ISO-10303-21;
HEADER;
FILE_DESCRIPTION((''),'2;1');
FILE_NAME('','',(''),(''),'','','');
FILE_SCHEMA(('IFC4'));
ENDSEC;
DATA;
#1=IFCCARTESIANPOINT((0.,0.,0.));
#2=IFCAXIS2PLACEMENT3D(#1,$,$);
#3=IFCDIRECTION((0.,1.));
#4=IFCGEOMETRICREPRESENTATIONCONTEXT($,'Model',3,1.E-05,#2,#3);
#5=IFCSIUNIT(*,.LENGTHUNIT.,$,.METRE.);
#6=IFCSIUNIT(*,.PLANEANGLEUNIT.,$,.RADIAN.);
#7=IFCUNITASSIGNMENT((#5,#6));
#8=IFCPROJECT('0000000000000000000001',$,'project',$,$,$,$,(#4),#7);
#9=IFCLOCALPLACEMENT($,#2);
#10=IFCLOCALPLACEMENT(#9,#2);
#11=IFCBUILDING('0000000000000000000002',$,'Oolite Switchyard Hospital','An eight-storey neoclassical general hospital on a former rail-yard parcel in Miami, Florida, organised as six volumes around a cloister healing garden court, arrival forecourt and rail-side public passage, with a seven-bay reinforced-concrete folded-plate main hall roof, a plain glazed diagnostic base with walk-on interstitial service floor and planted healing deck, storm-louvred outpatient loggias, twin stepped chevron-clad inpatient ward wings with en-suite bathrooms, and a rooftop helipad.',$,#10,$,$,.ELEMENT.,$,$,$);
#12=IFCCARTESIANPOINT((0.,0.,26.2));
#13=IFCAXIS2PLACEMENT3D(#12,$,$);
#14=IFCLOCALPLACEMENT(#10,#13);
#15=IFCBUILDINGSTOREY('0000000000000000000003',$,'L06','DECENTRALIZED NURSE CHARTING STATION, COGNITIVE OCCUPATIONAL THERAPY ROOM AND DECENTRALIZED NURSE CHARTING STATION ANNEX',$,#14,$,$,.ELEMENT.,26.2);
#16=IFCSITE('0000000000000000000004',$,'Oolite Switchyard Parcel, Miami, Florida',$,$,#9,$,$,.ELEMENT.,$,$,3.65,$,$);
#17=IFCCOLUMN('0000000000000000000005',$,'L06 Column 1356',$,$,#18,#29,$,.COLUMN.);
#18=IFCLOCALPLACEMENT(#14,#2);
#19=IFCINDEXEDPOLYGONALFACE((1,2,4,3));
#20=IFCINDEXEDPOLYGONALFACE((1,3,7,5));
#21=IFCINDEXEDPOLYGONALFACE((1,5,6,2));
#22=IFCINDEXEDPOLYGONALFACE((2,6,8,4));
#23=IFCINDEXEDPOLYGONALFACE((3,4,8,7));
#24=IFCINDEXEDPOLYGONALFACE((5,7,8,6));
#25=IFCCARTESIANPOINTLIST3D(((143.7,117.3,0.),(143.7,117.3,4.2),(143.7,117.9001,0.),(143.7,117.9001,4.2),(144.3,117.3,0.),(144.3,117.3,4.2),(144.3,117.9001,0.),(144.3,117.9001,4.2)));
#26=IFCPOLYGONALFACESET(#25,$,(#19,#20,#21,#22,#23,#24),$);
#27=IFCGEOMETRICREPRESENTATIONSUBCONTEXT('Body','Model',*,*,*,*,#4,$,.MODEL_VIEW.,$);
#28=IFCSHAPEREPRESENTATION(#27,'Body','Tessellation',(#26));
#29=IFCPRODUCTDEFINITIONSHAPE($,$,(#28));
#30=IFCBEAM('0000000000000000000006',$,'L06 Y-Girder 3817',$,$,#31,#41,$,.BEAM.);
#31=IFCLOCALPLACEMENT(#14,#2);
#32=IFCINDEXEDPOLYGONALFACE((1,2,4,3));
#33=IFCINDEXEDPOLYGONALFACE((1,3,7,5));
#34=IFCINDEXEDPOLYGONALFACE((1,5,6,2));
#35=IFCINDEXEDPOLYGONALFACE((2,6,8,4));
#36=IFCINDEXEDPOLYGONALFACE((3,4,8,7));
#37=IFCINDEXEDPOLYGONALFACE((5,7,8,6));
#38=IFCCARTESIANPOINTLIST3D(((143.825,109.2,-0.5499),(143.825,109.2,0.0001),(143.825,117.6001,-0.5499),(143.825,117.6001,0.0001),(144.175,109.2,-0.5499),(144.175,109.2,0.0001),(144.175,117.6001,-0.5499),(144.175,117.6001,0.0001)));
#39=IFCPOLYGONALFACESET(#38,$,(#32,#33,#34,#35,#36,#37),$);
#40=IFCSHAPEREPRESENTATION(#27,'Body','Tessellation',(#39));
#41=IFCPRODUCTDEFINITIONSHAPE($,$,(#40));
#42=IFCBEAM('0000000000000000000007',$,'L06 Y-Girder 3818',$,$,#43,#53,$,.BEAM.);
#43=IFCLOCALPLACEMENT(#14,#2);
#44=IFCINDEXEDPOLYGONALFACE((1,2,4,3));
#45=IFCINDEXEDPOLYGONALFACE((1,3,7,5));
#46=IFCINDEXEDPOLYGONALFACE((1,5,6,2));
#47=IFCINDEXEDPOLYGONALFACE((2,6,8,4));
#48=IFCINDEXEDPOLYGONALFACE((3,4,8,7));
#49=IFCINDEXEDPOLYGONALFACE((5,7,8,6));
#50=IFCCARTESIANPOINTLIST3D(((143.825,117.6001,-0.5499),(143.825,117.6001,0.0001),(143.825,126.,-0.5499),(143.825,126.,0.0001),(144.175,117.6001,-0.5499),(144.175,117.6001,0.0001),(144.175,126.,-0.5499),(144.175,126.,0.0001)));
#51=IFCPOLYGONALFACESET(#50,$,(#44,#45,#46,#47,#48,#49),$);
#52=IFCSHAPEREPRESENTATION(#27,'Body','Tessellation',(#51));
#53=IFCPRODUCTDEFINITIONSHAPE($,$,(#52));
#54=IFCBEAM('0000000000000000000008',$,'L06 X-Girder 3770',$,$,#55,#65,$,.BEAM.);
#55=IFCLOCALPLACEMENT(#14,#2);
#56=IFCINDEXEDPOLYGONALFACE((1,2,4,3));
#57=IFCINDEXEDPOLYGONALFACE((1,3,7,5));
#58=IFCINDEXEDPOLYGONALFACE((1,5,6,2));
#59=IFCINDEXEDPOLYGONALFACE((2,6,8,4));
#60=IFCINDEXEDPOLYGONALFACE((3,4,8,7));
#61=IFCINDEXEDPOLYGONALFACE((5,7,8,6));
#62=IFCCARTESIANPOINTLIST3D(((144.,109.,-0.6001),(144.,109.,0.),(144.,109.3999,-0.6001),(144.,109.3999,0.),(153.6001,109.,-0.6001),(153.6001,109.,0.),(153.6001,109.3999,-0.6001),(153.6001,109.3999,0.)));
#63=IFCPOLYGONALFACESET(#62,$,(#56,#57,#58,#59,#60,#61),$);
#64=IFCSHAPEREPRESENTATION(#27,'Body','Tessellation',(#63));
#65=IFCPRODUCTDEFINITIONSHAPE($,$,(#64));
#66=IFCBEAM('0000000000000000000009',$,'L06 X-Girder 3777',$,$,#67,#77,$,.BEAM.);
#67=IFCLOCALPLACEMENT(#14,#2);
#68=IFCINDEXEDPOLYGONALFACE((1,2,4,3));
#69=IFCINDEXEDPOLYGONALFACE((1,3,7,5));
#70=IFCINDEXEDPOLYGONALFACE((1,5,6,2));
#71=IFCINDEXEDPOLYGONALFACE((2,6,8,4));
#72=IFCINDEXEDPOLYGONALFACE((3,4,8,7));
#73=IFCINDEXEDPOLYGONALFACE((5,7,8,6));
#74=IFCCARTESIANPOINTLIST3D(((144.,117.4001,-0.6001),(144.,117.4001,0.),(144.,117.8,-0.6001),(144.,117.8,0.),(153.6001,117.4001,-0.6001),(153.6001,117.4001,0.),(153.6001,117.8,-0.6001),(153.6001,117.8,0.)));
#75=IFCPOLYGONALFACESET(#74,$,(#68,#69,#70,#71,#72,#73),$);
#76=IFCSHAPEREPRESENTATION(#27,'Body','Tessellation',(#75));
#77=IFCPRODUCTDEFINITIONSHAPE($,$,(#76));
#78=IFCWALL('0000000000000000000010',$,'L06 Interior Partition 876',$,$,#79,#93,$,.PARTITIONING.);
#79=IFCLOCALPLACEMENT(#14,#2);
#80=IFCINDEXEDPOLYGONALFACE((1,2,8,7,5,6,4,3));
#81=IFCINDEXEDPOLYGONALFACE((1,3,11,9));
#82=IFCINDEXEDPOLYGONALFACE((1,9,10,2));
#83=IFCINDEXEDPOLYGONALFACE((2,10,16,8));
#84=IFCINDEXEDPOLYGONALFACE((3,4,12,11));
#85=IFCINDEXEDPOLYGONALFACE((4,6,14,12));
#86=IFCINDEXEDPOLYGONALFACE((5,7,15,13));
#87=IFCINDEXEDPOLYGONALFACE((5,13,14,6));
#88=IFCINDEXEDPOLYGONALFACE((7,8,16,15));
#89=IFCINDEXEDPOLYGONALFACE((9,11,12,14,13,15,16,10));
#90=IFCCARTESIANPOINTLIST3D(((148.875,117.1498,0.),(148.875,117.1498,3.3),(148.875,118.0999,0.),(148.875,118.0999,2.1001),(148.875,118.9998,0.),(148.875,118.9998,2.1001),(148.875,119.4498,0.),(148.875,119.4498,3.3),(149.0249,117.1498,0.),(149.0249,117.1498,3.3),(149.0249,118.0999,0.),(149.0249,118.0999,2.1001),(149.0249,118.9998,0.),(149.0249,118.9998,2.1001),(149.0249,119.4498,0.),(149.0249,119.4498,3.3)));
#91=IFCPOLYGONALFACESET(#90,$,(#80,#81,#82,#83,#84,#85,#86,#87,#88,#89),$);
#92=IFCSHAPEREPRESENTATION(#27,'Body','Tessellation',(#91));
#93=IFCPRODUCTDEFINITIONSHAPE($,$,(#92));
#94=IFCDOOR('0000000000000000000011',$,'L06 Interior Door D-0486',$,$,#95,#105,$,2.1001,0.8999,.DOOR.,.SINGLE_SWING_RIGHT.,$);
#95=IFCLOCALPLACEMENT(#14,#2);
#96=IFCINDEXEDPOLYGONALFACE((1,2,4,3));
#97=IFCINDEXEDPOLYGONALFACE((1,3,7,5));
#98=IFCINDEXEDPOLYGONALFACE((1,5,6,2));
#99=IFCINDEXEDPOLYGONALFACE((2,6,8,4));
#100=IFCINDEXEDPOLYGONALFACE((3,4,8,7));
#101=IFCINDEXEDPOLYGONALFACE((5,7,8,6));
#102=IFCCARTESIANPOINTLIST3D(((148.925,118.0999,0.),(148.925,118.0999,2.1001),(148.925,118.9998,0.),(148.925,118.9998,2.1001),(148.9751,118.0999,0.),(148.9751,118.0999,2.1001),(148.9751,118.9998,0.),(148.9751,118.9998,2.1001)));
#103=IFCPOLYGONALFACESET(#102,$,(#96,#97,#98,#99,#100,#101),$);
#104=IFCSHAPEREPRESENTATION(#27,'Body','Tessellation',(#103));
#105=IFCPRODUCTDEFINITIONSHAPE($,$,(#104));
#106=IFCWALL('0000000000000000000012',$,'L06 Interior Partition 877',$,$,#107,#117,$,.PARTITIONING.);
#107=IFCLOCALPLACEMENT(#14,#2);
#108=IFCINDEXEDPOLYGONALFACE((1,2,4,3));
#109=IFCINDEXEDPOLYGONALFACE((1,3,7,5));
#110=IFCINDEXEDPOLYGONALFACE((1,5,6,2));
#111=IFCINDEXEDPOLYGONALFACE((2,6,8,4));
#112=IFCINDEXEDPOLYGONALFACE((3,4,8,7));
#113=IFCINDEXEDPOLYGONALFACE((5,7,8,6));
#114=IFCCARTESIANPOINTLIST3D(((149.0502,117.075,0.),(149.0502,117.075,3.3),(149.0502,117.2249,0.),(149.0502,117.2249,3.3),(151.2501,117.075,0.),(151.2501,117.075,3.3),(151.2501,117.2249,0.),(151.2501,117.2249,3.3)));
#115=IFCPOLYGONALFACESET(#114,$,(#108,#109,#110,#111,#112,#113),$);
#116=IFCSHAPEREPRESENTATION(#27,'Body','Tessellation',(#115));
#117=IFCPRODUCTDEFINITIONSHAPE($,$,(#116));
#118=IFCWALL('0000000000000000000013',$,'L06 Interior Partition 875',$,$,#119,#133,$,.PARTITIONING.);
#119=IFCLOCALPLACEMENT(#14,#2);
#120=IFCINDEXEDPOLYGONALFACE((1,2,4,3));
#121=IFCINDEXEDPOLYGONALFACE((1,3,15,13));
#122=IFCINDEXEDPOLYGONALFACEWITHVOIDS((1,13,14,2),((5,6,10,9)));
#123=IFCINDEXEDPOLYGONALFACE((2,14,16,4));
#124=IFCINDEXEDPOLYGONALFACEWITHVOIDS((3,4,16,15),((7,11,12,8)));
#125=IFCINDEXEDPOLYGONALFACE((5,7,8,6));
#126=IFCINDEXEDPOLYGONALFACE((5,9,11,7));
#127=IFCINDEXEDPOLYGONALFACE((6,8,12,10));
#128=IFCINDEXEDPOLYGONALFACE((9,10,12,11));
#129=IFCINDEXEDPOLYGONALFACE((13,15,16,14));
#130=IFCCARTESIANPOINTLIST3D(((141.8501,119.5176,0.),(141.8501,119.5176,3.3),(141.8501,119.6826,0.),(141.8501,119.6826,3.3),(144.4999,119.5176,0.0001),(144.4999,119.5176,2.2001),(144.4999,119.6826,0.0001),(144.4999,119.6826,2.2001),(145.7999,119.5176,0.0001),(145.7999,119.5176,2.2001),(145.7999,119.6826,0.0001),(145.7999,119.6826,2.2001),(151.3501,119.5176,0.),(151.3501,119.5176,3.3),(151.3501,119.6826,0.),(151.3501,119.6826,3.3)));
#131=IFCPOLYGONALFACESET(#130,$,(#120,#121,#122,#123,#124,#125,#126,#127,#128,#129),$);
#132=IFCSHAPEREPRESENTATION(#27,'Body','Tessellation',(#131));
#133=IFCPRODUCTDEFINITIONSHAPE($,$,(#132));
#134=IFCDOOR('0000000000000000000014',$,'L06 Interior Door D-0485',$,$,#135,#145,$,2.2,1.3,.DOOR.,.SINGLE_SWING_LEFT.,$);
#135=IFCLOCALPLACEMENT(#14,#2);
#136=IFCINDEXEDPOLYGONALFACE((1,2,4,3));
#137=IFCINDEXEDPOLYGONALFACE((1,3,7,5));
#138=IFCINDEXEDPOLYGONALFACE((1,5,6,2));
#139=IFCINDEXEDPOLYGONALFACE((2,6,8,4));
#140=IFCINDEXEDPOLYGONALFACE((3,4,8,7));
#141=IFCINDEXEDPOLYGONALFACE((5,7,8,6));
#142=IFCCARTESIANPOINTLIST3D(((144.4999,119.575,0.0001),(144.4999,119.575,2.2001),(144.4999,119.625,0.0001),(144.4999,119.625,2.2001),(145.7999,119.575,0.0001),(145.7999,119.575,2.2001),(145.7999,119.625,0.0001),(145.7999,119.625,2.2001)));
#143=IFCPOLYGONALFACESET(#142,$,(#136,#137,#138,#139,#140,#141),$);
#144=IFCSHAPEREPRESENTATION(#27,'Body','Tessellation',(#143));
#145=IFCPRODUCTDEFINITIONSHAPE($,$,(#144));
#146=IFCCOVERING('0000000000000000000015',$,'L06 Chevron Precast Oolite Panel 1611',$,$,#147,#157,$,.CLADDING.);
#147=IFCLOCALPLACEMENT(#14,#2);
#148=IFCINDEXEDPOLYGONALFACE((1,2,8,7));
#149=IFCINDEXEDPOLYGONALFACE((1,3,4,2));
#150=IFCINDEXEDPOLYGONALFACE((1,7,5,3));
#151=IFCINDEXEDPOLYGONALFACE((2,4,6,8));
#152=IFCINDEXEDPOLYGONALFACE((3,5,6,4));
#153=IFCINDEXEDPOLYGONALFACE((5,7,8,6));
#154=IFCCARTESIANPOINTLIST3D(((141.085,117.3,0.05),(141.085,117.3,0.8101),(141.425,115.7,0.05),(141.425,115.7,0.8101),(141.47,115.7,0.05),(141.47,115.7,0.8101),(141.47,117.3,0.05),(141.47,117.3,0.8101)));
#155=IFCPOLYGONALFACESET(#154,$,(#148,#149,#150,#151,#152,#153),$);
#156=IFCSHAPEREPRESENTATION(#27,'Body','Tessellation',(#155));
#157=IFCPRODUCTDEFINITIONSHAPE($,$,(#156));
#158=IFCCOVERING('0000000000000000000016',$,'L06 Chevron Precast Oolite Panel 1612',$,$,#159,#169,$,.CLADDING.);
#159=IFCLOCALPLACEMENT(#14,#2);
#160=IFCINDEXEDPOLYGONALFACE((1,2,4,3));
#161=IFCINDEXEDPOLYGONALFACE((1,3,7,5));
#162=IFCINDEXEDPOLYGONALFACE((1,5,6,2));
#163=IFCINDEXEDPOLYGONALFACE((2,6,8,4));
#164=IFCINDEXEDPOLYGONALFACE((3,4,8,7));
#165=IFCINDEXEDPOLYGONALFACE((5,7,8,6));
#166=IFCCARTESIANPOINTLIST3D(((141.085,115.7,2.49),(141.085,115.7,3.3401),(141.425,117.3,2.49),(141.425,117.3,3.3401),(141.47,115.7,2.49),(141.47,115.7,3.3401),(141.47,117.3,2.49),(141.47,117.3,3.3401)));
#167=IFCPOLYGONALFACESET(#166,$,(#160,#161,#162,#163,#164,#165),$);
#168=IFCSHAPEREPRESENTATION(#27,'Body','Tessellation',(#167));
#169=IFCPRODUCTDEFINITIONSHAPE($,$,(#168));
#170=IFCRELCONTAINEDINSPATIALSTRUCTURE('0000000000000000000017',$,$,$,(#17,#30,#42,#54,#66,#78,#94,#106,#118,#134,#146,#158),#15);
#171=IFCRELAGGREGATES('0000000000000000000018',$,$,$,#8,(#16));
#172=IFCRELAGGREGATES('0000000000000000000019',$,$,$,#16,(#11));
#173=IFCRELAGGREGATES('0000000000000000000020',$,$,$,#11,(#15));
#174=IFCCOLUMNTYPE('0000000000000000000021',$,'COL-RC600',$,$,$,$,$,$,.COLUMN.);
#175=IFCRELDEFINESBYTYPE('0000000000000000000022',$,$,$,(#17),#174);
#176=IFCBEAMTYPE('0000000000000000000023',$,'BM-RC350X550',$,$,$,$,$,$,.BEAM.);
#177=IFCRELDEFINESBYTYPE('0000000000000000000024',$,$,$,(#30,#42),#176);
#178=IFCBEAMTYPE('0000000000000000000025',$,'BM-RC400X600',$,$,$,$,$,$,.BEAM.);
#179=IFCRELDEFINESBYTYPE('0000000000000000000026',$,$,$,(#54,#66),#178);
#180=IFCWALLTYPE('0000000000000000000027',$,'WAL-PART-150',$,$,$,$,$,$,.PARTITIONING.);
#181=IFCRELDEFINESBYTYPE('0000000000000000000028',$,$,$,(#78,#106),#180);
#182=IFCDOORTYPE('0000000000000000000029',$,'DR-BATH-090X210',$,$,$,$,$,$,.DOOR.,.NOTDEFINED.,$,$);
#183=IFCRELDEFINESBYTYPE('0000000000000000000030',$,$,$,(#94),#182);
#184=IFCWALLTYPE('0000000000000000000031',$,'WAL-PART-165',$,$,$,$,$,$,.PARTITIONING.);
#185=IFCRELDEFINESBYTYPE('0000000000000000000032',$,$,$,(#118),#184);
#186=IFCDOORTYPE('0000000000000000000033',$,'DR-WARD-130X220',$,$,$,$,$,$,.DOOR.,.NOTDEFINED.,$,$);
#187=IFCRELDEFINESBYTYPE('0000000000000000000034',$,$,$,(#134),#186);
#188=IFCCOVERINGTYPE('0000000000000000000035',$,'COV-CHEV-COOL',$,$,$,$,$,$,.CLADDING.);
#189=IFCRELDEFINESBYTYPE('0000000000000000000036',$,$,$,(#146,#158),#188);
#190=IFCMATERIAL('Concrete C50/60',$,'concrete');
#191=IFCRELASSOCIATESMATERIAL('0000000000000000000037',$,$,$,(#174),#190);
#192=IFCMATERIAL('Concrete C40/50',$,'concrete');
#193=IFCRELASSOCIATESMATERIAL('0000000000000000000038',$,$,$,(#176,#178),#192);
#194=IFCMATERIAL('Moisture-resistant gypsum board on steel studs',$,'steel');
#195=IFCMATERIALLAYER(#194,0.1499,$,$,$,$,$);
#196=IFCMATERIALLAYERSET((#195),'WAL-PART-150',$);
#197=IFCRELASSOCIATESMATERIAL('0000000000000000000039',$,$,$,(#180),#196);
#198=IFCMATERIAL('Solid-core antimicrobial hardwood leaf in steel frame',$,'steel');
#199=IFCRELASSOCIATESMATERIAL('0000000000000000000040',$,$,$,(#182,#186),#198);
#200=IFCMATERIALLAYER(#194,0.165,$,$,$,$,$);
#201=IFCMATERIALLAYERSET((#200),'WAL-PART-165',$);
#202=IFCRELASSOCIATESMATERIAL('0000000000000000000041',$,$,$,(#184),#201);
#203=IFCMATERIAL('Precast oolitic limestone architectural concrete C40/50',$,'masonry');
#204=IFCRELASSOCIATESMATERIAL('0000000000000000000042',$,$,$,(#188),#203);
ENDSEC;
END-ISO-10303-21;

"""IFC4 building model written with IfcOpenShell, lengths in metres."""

from ifc_helpers import new_model, si_unit, direction, frame, frame_2d, origin, origin_2d, place, context, subcontext, project, spatial, polyline, rectangle, outline, extrude, material, layer, layer_set, material_profile, profile_set, type_object, element, fill, save


model = new_model("IFC4")

# Units and contexts
model_context = context("Model", 3, precision=1e-05, world=origin(), true_north=direction((0.0, 1.0)))
body_context = subcontext(model_context, "Body", "Model", "MODEL_VIEW")
ifc_project = project(units=[si_unit("LENGTHUNIT", "METRE"), si_unit("PLANEANGLEUNIT", "RADIAN")], contexts=[model_context])

# Site, building, storey
site_placement = place(None, origin())
site = spatial("IfcSite", under=ifc_project, at=site_placement, Name="Oolite Switchyard Parcel, Miami, Florida", CompositionType="ELEMENT", RefElevation=3.65)
building_placement = place(site_placement, origin())
building = spatial("IfcBuilding", under=site, at=building_placement, Name="Oolite Switchyard Hospital", Description="An eight-storey neoclassical general hospital on a former rail-yard parcel in Miami, Florida, organised as six volumes around a cloister healing garden court, arrival forecourt and rail-side public passage, with a seven-bay reinforced-concrete folded-plate main hall roof, a plain glazed diagnostic base with walk-on interstitial service floor and planted healing deck, storm-louvred outpatient loggias, twin stepped chevron-clad inpatient ward wings with en-suite bathrooms, and a rooftop helipad.", CompositionType="ELEMENT")
storey_placement = place(building_placement, frame((0.0, 0.0, 26.2)))
storey = spatial("IfcBuildingStorey", under=building, at=storey_placement, Name="L06", Description="DECENTRALIZED NURSE CHARTING STATION, COGNITIVE OCCUPATIONAL THERAPY ROOM AND DECENTRALIZED NURSE CHARTING STATION ANNEX", CompositionType="ELEMENT", Elevation=26.2)

# Column
ifc_material_1 = material(Name="Concrete C50/60", Category="concrete")
ifc_material_profile_1 = material_profile(ifc_material_1, rectangle(XDim=0.6001, YDim=0.6001, at=origin_2d()), Name="RC600X600")
ifc_profile_set_1 = profile_set([ifc_material_profile_1], Name="Concrete C50/60")
column_type = type_object("IfcColumnType", Name="COL-RC600", PredefinedType="COLUMN", material=ifc_profile_set_1)
column_placement = place(storey_placement, frame((144.0, 117.6001, 0.0), z_axis=(0.0, 0.0, 1.0), x_axis=(1.0, 0.0, 0.0)))
element("IfcColumn", 1, at=column_placement, inside=storey, type_object=column_type, Name="L06 Column 1356", PredefinedType="COLUMN", context=body_context, shape_type="SweptSolid", body=[
    extrude(rectangle(XDim=0.6001, YDim=0.6001, at=origin_2d()), origin(), (0.0, 0.0, 1.0), 4.2),
])

# Beams
ifc_material_2 = material(Name="Concrete C40/50", Category="concrete")
ifc_material_profile_2 = material_profile(ifc_material_2, rectangle(XDim=0.3501, YDim=0.55, at=origin_2d()), Name="RCB350X550")
ifc_profile_set_2 = profile_set([ifc_material_profile_2], Name="Concrete C40/50")
beam_type_1 = type_object("IfcBeamType", Name="BM-RC350X550", PredefinedType="BEAM", material=ifc_profile_set_2)
beam_1_placement = place(storey_placement, frame((144.0, 109.2, -0.2749), z_axis=(0.0, 1.0, 0.0), x_axis=(-1.0, 0.0, 0.0)))
element("IfcBeam", 2, at=beam_1_placement, inside=storey, type_object=beam_type_1, Name="L06 Y-Girder 3817", PredefinedType="BEAM", context=body_context, shape_type="SweptSolid", body=[
    extrude(rectangle(XDim=0.3501, YDim=0.55, at=origin_2d()), origin(), (0.0, 0.0, 1.0), 8.4001),
])
beam_2_placement = place(storey_placement, frame((144.0, 117.6001, -0.2749), z_axis=(0.0, 1.0, 0.0), x_axis=(-1.0, 0.0, 0.0)))
element("IfcBeam", 3, at=beam_2_placement, inside=storey, type_object=beam_type_1, Name="L06 Y-Girder 3818", PredefinedType="BEAM", context=body_context, shape_type="SweptSolid", body=[
    extrude(rectangle(XDim=0.3501, YDim=0.55, at=origin_2d()), origin(), (0.0, 0.0, 1.0), 8.3999),
])
ifc_material_profile_3 = material_profile(ifc_material_2, rectangle(XDim=0.3999, YDim=0.6001, at=origin_2d()), Name="RCB400X600")
ifc_profile_set_3 = profile_set([ifc_material_profile_3], Name="Concrete C40/50")
beam_type_2 = type_object("IfcBeamType", Name="BM-RC400X600", PredefinedType="BEAM", material=ifc_profile_set_3)
for number, where, z_axis, x_axis, name in (
    (4, (144.0, 109.2, -0.3), (1.0, 0.0, 0.0), (0.0, 1.0, 0.0), "L06 X-Girder 3770"),
    (5, (144.0, 117.6001, -0.3), (1.0, 0.0, 0.0), (0.0, 1.0, 0.0), "L06 X-Girder 3777"),
):
    element("IfcBeam", number, at=place(storey_placement, frame(where, z_axis=z_axis, x_axis=x_axis)), inside=storey, type_object=beam_type_2, Name=name, PredefinedType="BEAM", context=body_context, shape_type="SweptSolid", body=[
        extrude(rectangle(XDim=0.3999, YDim=0.6001, at=origin_2d()), origin(), (0.0, 0.0, 1.0), 9.6001),
    ])

# Wall, opening, door
ifc_material_3 = material(Name="Moisture-resistant gypsum board on steel studs", Category="steel")
ifc_layer_1 = layer(ifc_material_3, 0.1499)
ifc_layer_set_1 = layer_set([ifc_layer_1], Name="WAL-PART-150")
wall_type_1 = type_object("IfcWallType", Name="WAL-PART-150", PredefinedType="PARTITIONING", material=ifc_layer_set_1)
wall_1_placement = place(storey_placement, frame((148.95, 117.1499, 0.0), z_axis=(0.0, 0.0, 1.0), x_axis=(0.0, 1.0, 0.0)))
wall_1 = element("IfcWall", 6, at=wall_1_placement, inside=storey, type_object=wall_type_1, Name="L06 Interior Partition 876", PredefinedType="PARTITIONING", context=body_context, shape_type="SweptSolid", body=[
    extrude(rectangle(XDim=2.3, YDim=0.1499, at=frame_2d((1.1499, 0.0))), origin(), (0.0, 0.0, 1.0), 3.3),
])
opening_1_placement = place(wall_1_placement, frame((0.95, 0.0, 0.0)))
opening_1 = element("IfcOpeningElement", 7, at=opening_1_placement, cuts=wall_1, PredefinedType="OPENING", context=body_context, shape_type="SweptSolid", body=[
    extrude(rectangle(XDim=0.8999, YDim=2.1001, at=frame_2d((0.45, 1.05))), frame((0.0, 0.085, 0.0), z_axis=(0.0, -1.0, 0.0), x_axis=(1.0, 0.0, 0.0)), (0.0, 0.0, 1.0), 0.1699),
])
ifc_material_4 = material(Name="Solid-core antimicrobial hardwood leaf in steel frame", Category="steel")
door_type_1 = type_object("IfcDoorType", Name="DR-BATH-090X210", OperationType="NOTDEFINED", PredefinedType="DOOR", material=ifc_material_4)
door_1_placement = place(opening_1_placement, origin())
door_1 = element("IfcDoor", 8, at=door_1_placement, inside=storey, type_object=door_type_1, Name="L06 Interior Door D-0486", OperationType="SINGLE_SWING_RIGHT", OverallHeight=2.1001, OverallWidth=0.8999, PredefinedType="DOOR", context=body_context, shape_type="SweptSolid", body=[
    extrude(rectangle(XDim=0.8999, YDim=2.1001, at=frame_2d((0.45, 1.05))), frame((0.0, 0.0249, 0.0), z_axis=(0.0, -1.0, 0.0), x_axis=(1.0, 0.0, 0.0)), (0.0, 0.0, 1.0), 0.05),
])
fill(opening_1, door_1)

# Wall
wall_2_placement = place(storey_placement, frame((149.05, 117.1499, 0.0), z_axis=(0.0, 0.0, 1.0), x_axis=(1.0, 0.0, 0.0)))
element("IfcWall", 9, at=wall_2_placement, inside=storey, type_object=wall_type_1, Name="L06 Interior Partition 877", PredefinedType="PARTITIONING", context=body_context, shape_type="SweptSolid", body=[
    extrude(rectangle(XDim=2.2, YDim=0.1499, at=frame_2d((1.1001, 0.0))), origin(), (0.0, 0.0, 1.0), 3.3),
])

# Wall, opening, door
ifc_layer_2 = layer(ifc_material_3, 0.165)
ifc_layer_set_2 = layer_set([ifc_layer_2], Name="WAL-PART-165")
wall_type_2 = type_object("IfcWallType", Name="WAL-PART-165", PredefinedType="PARTITIONING", material=ifc_layer_set_2)
wall_3_placement = place(storey_placement, frame((141.8501, 119.6001, 0.0), z_axis=(0.0, 0.0, 1.0), x_axis=(1.0, 0.0, 0.0)))
wall_3 = element("IfcWall", 10, at=wall_3_placement, inside=storey, type_object=wall_type_2, Name="L06 Interior Partition 875", PredefinedType="PARTITIONING", context=body_context, shape_type="SweptSolid", body=[
    extrude(rectangle(XDim=9.5, YDim=0.165, at=frame_2d((4.75, 0.0))), origin(), (0.0, 0.0, 1.0), 3.3),
])
opening_2_placement = place(wall_3_placement, frame((2.6499, 0.0, 0.0)))
opening_2 = element("IfcOpeningElement", 11, at=opening_2_placement, cuts=wall_3, PredefinedType="OPENING", context=body_context, shape_type="SweptSolid", body=[
    extrude(rectangle(XDim=1.3, YDim=2.2, at=frame_2d((0.6499, 1.1001))), frame((0.0, 0.0925, 0.0), z_axis=(0.0, -1.0, 0.0), x_axis=(1.0, 0.0, 0.0)), (0.0, 0.0, 1.0), 0.1851),
])
door_type_2 = type_object("IfcDoorType", Name="DR-WARD-130X220", OperationType="NOTDEFINED", PredefinedType="DOOR", material=ifc_material_4)
door_2_placement = place(opening_2_placement, origin())
door_2 = element("IfcDoor", 12, at=door_2_placement, inside=storey, type_object=door_type_2, Name="L06 Interior Door D-0485", OperationType="SINGLE_SWING_LEFT", OverallHeight=2.2, OverallWidth=1.3, PredefinedType="DOOR", context=body_context, shape_type="SweptSolid", body=[
    extrude(rectangle(XDim=1.3, YDim=2.2, at=frame_2d((0.6499, 1.1001))), frame((0.0, 0.0249, 0.0), z_axis=(0.0, -1.0, 0.0), x_axis=(1.0, 0.0, 0.0)), (0.0, 0.0, 1.0), 0.05),
])
fill(opening_2, door_2)

# Coverings
ifc_material_5 = material(Name="Precast oolitic limestone architectural concrete C40/50", Category="masonry")
covering_type = type_object("IfcCoveringType", Name="COV-CHEV-COOL", PredefinedType="CLADDING", material=ifc_material_5)
covering_1_placement = place(storey_placement, frame((141.47, 115.7, 0.05), z_axis=(0.0, 0.0, 1.0), x_axis=(0.0, 1.0, 0.0)))
element("IfcCovering", 13, at=covering_1_placement, inside=storey, type_object=covering_type, Name="L06 Chevron Precast Oolite Panel 1611", PredefinedType="CLADDING", context=body_context, shape_type="SweptSolid", body=[
    extrude(outline(polyline([(0.0, 0.0), (1.6001, 0.0), (1.6001, 0.385), (0.0, 0.0449), (0.0, 0.0)])), origin(), (0.0, 0.0, 1.0), 0.76),
])
covering_2_placement = place(storey_placement, frame((141.47, 115.7, 2.49), z_axis=(0.0, 0.0, 1.0), x_axis=(0.0, 1.0, 0.0)))
element("IfcCovering", 14, at=covering_2_placement, inside=storey, type_object=covering_type, Name="L06 Chevron Precast Oolite Panel 1612", PredefinedType="CLADDING", context=body_context, shape_type="SweptSolid", body=[
    extrude(outline(polyline([(0.0, 0.0), (1.6001, 0.0), (1.6001, 0.0449), (0.0, 0.385), (0.0, 0.0)])), origin(), (0.0, 0.0, 1.0), 0.8501),
])

save(model, "model.ifc")
